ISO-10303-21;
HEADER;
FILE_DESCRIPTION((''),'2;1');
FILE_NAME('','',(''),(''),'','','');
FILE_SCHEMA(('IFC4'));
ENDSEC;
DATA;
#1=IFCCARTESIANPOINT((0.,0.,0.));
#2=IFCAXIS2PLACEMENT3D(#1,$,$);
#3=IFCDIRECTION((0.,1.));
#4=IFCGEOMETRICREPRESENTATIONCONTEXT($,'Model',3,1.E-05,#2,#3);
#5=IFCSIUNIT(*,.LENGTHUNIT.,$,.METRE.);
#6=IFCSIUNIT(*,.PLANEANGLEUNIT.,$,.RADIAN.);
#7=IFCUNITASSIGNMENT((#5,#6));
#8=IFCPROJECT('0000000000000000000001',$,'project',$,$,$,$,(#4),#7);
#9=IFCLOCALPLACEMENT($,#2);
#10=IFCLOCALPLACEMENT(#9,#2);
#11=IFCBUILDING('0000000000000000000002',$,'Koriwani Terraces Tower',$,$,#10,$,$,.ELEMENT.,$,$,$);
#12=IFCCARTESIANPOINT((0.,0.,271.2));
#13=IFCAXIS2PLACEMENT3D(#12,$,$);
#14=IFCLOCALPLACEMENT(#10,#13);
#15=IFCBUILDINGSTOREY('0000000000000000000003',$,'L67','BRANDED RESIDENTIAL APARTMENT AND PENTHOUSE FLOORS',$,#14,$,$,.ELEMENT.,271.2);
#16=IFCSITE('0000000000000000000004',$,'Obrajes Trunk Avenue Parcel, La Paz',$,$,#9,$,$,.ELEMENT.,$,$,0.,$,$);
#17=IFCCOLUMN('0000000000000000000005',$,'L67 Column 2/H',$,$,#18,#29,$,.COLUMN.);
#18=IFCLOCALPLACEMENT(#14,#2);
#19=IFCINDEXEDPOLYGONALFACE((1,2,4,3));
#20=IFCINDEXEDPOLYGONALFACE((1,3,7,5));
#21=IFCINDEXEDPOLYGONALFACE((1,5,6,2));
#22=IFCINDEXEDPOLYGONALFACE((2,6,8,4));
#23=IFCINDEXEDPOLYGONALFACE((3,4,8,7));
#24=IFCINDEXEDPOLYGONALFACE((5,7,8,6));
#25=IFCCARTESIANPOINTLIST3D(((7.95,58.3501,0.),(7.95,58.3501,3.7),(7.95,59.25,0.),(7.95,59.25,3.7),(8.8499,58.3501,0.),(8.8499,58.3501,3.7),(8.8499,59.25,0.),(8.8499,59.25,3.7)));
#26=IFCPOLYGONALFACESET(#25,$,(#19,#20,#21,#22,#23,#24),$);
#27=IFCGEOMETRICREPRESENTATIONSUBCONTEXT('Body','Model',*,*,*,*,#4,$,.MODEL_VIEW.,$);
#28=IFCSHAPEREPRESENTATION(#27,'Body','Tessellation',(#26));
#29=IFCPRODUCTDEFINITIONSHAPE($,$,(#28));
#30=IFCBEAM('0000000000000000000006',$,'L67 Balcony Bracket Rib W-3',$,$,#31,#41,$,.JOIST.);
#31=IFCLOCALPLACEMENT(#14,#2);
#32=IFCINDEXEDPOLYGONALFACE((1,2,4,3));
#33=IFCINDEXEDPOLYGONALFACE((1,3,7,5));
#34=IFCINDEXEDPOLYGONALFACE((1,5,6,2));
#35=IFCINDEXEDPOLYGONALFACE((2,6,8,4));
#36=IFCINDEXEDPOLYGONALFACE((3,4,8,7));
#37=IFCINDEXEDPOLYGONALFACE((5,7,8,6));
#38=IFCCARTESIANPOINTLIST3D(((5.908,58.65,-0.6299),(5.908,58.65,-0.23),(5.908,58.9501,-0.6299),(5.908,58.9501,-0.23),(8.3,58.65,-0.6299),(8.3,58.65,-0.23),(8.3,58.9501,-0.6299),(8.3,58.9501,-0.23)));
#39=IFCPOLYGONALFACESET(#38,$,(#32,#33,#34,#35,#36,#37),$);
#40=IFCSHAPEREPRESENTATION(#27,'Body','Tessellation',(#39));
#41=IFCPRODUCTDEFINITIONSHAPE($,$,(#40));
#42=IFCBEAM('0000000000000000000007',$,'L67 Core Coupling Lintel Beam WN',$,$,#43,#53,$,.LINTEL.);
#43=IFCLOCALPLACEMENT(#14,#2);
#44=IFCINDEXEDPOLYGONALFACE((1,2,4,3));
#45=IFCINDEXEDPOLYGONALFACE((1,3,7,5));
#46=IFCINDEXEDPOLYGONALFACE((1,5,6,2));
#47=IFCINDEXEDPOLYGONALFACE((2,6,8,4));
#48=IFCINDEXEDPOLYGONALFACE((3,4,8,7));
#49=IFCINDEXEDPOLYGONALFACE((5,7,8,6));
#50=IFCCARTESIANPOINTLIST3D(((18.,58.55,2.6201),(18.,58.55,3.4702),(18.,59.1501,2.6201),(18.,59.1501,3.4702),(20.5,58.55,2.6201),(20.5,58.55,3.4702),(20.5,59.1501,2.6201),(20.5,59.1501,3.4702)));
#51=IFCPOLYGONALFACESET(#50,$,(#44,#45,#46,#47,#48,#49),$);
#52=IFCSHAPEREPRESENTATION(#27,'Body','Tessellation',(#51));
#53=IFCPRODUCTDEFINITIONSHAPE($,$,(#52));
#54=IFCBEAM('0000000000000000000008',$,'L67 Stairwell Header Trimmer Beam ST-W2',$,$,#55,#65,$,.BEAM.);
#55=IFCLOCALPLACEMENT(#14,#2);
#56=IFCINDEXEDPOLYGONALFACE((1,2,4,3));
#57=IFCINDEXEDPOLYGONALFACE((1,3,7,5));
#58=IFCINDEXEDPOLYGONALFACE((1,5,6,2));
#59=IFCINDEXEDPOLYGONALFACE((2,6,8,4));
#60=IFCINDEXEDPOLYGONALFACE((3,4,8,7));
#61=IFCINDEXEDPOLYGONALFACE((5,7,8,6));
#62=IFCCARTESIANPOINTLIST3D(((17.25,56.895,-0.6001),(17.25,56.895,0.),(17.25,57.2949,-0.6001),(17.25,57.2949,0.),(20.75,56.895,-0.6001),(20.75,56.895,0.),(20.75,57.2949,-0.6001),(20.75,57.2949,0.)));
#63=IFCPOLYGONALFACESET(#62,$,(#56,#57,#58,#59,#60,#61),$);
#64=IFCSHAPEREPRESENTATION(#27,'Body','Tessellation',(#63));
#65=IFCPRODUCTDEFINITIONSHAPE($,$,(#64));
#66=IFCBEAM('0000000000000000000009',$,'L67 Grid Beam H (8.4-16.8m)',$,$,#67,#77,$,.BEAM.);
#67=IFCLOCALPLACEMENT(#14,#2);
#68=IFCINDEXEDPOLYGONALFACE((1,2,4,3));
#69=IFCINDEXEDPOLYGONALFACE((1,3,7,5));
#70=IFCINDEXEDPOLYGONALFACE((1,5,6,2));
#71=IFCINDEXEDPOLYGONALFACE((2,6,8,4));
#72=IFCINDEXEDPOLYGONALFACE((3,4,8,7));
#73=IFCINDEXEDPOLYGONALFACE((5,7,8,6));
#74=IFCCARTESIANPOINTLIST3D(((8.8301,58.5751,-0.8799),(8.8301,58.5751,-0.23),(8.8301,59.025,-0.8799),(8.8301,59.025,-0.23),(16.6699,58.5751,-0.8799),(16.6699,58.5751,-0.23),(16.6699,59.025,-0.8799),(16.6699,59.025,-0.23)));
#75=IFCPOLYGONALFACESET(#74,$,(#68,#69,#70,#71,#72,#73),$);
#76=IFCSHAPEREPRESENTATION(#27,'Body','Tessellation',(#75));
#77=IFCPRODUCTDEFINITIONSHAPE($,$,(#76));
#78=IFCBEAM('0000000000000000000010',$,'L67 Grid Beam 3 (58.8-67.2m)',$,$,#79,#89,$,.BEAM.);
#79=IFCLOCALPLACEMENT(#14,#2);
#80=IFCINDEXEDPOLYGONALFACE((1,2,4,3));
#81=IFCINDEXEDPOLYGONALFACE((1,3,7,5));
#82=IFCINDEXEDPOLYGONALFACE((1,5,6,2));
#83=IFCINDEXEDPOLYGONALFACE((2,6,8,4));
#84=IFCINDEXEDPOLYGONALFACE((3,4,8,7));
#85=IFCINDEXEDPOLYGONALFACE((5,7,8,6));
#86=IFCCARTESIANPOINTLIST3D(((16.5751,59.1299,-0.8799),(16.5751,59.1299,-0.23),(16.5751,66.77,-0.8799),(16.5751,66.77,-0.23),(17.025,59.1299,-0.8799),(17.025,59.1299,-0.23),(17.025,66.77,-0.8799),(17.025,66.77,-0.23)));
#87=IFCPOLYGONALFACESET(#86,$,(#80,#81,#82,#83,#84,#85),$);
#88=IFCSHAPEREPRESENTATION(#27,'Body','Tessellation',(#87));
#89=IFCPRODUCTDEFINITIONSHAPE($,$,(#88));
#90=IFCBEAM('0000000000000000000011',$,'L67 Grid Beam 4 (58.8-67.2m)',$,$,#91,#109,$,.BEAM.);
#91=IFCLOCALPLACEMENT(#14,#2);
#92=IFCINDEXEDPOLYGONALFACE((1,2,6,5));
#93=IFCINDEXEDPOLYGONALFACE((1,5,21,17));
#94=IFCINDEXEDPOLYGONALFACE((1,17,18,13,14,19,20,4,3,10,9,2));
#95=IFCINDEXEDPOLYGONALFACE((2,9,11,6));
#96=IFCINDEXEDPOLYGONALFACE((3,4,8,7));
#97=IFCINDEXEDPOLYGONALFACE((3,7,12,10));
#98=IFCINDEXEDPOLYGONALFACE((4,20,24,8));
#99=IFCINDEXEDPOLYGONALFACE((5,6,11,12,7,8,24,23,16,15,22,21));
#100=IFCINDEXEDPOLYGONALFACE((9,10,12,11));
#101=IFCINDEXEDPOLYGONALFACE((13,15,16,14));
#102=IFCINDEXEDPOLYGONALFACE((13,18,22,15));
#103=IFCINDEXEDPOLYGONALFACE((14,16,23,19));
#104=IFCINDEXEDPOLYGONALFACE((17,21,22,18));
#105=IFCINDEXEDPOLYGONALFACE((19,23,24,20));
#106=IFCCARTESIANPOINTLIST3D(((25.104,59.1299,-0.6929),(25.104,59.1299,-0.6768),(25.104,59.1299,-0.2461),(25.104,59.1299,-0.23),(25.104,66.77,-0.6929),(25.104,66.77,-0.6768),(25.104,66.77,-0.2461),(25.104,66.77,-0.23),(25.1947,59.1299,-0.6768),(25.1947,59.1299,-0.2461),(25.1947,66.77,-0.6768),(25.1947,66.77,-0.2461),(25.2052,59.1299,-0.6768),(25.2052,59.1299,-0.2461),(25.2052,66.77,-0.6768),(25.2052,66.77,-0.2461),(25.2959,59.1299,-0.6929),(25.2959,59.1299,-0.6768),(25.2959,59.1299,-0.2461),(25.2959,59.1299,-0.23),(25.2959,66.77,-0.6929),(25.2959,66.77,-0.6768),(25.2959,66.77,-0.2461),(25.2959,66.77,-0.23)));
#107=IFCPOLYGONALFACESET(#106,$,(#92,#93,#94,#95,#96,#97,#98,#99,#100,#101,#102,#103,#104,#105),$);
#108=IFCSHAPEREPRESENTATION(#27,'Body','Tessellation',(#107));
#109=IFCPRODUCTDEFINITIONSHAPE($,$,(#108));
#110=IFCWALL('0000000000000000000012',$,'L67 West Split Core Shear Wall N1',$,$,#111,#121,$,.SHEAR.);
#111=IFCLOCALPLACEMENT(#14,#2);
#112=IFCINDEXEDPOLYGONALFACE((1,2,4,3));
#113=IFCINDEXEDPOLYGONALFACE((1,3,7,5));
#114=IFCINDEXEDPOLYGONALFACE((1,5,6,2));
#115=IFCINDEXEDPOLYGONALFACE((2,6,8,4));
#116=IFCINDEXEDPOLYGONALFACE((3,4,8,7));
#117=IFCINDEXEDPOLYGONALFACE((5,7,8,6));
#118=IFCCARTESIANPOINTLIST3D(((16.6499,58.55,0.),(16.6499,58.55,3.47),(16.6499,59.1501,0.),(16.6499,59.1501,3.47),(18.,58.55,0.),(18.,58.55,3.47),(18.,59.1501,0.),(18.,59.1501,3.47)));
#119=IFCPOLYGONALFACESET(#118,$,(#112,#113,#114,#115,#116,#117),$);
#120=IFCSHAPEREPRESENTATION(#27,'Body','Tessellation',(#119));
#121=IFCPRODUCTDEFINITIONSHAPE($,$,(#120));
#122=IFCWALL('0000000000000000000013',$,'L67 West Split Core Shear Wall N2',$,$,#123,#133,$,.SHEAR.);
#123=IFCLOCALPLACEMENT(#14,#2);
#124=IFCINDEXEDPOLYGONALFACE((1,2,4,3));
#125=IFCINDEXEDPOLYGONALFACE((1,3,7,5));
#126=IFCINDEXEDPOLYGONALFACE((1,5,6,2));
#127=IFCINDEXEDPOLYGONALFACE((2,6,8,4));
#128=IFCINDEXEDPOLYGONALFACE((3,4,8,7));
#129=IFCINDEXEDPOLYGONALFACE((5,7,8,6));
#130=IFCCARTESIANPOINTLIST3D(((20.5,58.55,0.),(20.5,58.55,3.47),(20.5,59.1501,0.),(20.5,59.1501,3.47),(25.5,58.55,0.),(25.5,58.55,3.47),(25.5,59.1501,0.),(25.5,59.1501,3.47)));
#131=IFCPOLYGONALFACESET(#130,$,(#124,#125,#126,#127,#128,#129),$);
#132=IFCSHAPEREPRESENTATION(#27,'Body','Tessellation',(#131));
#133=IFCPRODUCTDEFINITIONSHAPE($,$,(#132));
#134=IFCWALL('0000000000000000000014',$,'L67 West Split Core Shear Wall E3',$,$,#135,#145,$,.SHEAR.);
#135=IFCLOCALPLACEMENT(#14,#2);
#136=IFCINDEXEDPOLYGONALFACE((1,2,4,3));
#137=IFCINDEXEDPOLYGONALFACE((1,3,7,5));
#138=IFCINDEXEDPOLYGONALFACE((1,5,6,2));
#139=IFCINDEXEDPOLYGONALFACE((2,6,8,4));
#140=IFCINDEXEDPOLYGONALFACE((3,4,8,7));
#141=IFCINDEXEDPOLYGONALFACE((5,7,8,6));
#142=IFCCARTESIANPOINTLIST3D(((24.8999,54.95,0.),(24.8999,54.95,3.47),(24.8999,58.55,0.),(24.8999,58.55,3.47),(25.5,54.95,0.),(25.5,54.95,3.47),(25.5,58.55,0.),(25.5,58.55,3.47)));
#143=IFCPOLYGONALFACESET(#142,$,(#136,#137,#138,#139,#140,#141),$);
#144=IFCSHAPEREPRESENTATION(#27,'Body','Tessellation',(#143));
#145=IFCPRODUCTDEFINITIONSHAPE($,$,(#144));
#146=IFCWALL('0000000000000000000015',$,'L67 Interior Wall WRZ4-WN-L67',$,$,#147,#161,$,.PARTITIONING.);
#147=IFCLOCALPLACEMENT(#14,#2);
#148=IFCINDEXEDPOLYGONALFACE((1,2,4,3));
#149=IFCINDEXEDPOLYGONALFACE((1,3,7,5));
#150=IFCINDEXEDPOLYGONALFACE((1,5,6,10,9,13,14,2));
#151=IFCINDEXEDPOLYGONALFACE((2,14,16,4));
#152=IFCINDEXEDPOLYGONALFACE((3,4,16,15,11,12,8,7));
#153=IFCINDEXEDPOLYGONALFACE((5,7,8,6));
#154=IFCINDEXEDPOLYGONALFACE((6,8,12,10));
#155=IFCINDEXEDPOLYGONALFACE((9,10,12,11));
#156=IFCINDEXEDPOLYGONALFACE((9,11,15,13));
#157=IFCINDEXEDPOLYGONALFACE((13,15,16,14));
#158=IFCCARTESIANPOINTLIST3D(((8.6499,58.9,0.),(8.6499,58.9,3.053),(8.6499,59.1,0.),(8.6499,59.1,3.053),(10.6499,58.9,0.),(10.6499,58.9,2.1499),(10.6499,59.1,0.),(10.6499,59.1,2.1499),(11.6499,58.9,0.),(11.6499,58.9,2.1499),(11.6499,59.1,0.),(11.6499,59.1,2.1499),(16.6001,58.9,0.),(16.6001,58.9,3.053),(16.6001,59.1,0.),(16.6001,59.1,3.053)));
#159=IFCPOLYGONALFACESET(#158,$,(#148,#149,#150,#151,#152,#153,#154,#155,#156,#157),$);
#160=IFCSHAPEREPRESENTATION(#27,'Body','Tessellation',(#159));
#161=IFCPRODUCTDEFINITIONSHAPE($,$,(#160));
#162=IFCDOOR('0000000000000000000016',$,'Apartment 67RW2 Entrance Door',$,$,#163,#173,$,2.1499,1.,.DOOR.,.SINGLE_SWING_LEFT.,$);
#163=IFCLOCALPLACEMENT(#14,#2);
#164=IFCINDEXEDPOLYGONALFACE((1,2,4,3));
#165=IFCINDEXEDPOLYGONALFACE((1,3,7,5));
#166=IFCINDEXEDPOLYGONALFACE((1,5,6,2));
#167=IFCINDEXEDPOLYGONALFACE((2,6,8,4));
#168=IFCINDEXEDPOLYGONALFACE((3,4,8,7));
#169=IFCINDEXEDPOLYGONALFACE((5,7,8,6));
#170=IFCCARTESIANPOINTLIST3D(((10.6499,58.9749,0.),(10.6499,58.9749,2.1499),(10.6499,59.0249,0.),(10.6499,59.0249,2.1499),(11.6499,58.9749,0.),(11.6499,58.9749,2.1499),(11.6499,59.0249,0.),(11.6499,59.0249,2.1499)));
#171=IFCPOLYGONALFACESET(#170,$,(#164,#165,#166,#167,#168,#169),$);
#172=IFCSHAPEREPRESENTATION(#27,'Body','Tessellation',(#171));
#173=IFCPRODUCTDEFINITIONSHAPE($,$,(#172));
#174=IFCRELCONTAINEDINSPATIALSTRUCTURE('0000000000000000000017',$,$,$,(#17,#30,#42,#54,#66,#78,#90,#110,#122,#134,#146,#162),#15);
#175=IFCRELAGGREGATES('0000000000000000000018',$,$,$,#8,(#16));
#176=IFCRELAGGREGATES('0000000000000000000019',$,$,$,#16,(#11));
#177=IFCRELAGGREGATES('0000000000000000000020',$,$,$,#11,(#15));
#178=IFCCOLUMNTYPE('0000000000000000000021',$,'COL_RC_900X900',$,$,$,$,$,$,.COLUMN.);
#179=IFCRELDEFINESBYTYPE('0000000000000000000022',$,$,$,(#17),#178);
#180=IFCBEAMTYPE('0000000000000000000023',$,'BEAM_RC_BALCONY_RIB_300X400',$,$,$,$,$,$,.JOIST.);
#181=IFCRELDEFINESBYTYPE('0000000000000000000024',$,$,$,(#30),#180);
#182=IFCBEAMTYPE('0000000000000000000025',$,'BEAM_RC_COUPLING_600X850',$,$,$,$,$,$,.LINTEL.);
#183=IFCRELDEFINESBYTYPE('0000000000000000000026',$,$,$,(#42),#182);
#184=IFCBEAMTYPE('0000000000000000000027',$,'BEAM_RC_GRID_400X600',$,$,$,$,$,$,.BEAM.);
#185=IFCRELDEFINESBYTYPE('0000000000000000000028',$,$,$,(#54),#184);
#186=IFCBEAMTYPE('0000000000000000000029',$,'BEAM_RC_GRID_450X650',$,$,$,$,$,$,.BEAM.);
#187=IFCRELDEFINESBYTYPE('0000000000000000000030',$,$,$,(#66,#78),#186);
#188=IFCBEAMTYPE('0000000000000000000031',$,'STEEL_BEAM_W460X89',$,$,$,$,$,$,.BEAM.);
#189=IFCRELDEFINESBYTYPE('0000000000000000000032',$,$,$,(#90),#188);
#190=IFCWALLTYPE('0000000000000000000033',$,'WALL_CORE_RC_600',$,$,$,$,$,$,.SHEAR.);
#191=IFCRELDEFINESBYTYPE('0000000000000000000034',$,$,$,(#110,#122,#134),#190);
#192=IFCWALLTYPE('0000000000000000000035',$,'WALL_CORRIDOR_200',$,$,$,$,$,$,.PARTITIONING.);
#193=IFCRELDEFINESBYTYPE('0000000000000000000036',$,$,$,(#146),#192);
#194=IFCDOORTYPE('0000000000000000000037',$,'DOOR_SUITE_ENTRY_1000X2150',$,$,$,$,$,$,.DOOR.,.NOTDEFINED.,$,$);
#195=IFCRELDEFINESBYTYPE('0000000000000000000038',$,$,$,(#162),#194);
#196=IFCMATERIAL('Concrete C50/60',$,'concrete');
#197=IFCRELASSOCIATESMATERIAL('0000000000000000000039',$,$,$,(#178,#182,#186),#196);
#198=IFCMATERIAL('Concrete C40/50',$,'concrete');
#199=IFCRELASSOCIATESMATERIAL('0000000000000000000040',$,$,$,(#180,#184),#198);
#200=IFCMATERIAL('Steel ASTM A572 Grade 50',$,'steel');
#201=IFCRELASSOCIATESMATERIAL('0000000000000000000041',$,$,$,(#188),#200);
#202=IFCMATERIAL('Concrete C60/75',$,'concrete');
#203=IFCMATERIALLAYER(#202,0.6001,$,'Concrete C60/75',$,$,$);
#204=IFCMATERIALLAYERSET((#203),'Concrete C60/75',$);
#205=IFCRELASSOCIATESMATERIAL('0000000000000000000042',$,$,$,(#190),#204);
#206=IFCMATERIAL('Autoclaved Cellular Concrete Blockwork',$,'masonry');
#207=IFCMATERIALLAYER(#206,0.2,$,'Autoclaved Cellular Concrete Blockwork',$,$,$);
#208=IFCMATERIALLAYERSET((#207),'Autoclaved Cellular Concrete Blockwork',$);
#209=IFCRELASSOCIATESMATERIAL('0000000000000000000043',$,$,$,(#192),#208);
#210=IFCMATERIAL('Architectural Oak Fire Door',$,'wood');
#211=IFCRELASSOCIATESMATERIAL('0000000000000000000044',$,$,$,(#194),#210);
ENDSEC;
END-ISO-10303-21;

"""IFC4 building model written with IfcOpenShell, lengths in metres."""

from ifc_helpers import new_model, si_unit, direction, frame, frame_2d, origin, origin_2d, place, context, subcontext, project, spatial, rectangle, i_section, extrude, material, layer, layer_set, material_profile, profile_set, type_object, element, fill, save


model = new_model("IFC4")

# Units and contexts
model_context = context("Model", 3, precision=1e-05, world=origin(), true_north=direction((0.0, 1.0)))
body_context = subcontext(model_context, "Body", "Model", "MODEL_VIEW")
ifc_project = project(units=[si_unit("LENGTHUNIT", "METRE"), si_unit("PLANEANGLEUNIT", "RADIAN")], contexts=[model_context])

# Site, building, storey
site_placement = place(None, origin())
site = spatial("IfcSite", under=ifc_project, at=site_placement, Name="Obrajes Trunk Avenue Parcel, La Paz", CompositionType="ELEMENT", RefElevation=0.0)
building_placement = place(site_placement, origin())
building = spatial("IfcBuilding", under=site, at=building_placement, Name="Koriwani Terraces Tower", CompositionType="ELEMENT")
storey_placement = place(building_placement, frame((0.0, 0.0, 271.2)))
storey = spatial("IfcBuildingStorey", under=building, at=storey_placement, Name="L67", Description="BRANDED RESIDENTIAL APARTMENT AND PENTHOUSE FLOORS", CompositionType="ELEMENT", Elevation=271.2)

# Column
ifc_material_1 = material(Name="Concrete C50/60", Category="concrete")
ifc_material_profile_1 = material_profile(ifc_material_1, rectangle(XDim=0.8999, YDim=0.8999, at=origin_2d()), Name="Concrete C50/60", Category="LoadBearing")
ifc_profile_set_1 = profile_set([ifc_material_profile_1], Name="Concrete C50/60")
column_type = type_object("IfcColumnType", Name="COL_RC_900X900", PredefinedType="COLUMN", material=ifc_profile_set_1)
column_placement = place(storey_placement, frame((8.3999, 58.8, 0.0), z_axis=(0.0, 0.0, 1.0), x_axis=(1.0, 0.0, 0.0)))
element("IfcColumn", 1, at=column_placement, inside=storey, type_object=column_type, Name="L67 Column 2/H", PredefinedType="COLUMN", context=body_context, shape_type="SweptSolid", body=[
    extrude(rectangle(XDim=0.8999, YDim=0.8999, at=origin_2d()), origin(), (0.0, 0.0, 1.0), 3.7),
])

# Beams
ifc_material_2 = material(Name="Concrete C40/50", Category="concrete")
ifc_material_profile_2 = material_profile(ifc_material_2, rectangle(XDim=0.3, YDim=0.3999, at=origin_2d()), Name="Concrete C40/50", Category="LoadBearing")
ifc_profile_set_2 = profile_set([ifc_material_profile_2], Name="Concrete C40/50")
beam_type_1 = type_object("IfcBeamType", Name="BEAM_RC_BALCONY_RIB_300X400", PredefinedType="JOIST", material=ifc_profile_set_2)
beam_1_placement = place(storey_placement, frame((5.908, 58.8, -0.4299), z_axis=(1.0, 0.0, 0.0), x_axis=(0.0, 1.0, 0.0)))
element("IfcBeam", 2, at=beam_1_placement, inside=storey, type_object=beam_type_1, Name="L67 Balcony Bracket Rib W-3", PredefinedType="JOIST", context=body_context, shape_type="SweptSolid", body=[
    extrude(rectangle(XDim=0.3, YDim=0.3999, at=origin_2d()), origin(), (0.0, 0.0, 1.0), 2.3921),
])
ifc_material_profile_3 = material_profile(ifc_material_1, rectangle(XDim=0.6001, YDim=0.8501, at=origin_2d()), Name="Concrete C50/60", Category="LoadBearing")
ifc_profile_set_3 = profile_set([ifc_material_profile_3], Name="Concrete C50/60")
beam_type_2 = type_object("IfcBeamType", Name="BEAM_RC_COUPLING_600X850", PredefinedType="LINTEL", material=ifc_profile_set_3)
beam_2_placement = place(storey_placement, frame((18.0, 58.8501, 3.0452), z_axis=(1.0, 0.0, 0.0), x_axis=(0.0, 1.0, 0.0)))
element("IfcBeam", 3, at=beam_2_placement, inside=storey, type_object=beam_type_2, Name="L67 Core Coupling Lintel Beam WN", PredefinedType="LINTEL", context=body_context, shape_type="SweptSolid", body=[
    extrude(rectangle(XDim=0.6001, YDim=0.8501, at=origin_2d()), origin(), (0.0, 0.0, 1.0), 2.5),
])
ifc_material_profile_4 = material_profile(ifc_material_2, rectangle(XDim=0.3999, YDim=0.6001, at=origin_2d()), Name="Concrete C40/50", Category="LoadBearing")
ifc_profile_set_4 = profile_set([ifc_material_profile_4], Name="Concrete C40/50")
beam_type_3 = type_object("IfcBeamType", Name="BEAM_RC_GRID_400X600", PredefinedType="BEAM", material=ifc_profile_set_4)
beam_3_placement = place(storey_placement, frame((17.25, 57.095, -0.3), z_axis=(1.0, 0.0, 0.0), x_axis=(0.0, 1.0, 0.0)))
element("IfcBeam", 4, at=beam_3_placement, inside=storey, type_object=beam_type_3, Name="L67 Stairwell Header Trimmer Beam ST-W2", PredefinedType="BEAM", context=body_context, shape_type="SweptSolid", body=[
    extrude(rectangle(XDim=0.3999, YDim=0.6001, at=origin_2d()), origin(), (0.0, 0.0, 1.0), 3.5),
])
ifc_material_profile_5 = material_profile(ifc_material_1, rectangle(XDim=0.45, YDim=0.6499, at=origin_2d()), Name="Concrete C50/60", Category="LoadBearing")
ifc_profile_set_5 = profile_set([ifc_material_profile_5], Name="Concrete C50/60")
beam_type_4 = type_object("IfcBeamType", Name="BEAM_RC_GRID_450X650", PredefinedType="BEAM", material=ifc_profile_set_5)
beam_4_placement = place(storey_placement, frame((8.8301, 58.8, -0.5549), z_axis=(1.0, 0.0, 0.0), x_axis=(0.0, 1.0, 0.0)))
element("IfcBeam", 5, at=beam_4_placement, inside=storey, type_object=beam_type_4, Name="L67 Grid Beam H (8.4-16.8m)", PredefinedType="BEAM", context=body_context, shape_type="SweptSolid", body=[
    extrude(rectangle(XDim=0.45, YDim=0.6499, at=origin_2d()), origin(), (0.0, 0.0, 1.0), 7.8398),
])
beam_5_placement = place(storey_placement, frame((16.8, 59.1299, -0.5549), z_axis=(0.0, 1.0, 0.0), x_axis=(-1.0, 0.0, 0.0)))
element("IfcBeam", 6, at=beam_5_placement, inside=storey, type_object=beam_type_4, Name="L67 Grid Beam 3 (58.8-67.2m)", PredefinedType="BEAM", context=body_context, shape_type="SweptSolid", body=[
    extrude(rectangle(XDim=0.45, YDim=0.6499, at=origin_2d()), origin(), (0.0, 0.0, 1.0), 7.6401),
])
ifc_material_3 = material(Name="Steel ASTM A572 Grade 50", Category="steel")
ifc_material_profile_6 = material_profile(ifc_material_3, i_section(OverallWidth=0.1919, OverallDepth=0.4629, WebThickness=0.0105, FlangeThickness=0.0161, at=origin_2d()), Name="Steel ASTM A572 Grade 50", Category="LoadBearing")
ifc_profile_set_6 = profile_set([ifc_material_profile_6], Name="Steel ASTM A572 Grade 50")
beam_type_5 = type_object("IfcBeamType", Name="STEEL_BEAM_W460X89", PredefinedType="BEAM", material=ifc_profile_set_6)
beam_6_placement = place(storey_placement, frame((25.2, 59.1299, -0.4614), z_axis=(0.0, 1.0, 0.0), x_axis=(-1.0, 0.0, 0.0)))
element("IfcBeam", 7, at=beam_6_placement, inside=storey, type_object=beam_type_5, Name="L67 Grid Beam 4 (58.8-67.2m)", PredefinedType="BEAM", context=body_context, shape_type="SweptSolid", body=[
    extrude(i_section(OverallWidth=0.1919, OverallDepth=0.4629, WebThickness=0.0105, FlangeThickness=0.0161, at=origin_2d()), origin(), (0.0, 0.0, 1.0), 7.6401),
])

# Walls
ifc_material_4 = material(Name="Concrete C60/75", Category="concrete")
ifc_layer_1 = layer(ifc_material_4, 0.6001, Name="Concrete C60/75")
ifc_layer_set_1 = layer_set([ifc_layer_1], Name="Concrete C60/75")
wall_type_1 = type_object("IfcWallType", Name="WALL_CORE_RC_600", PredefinedType="SHEAR", material=ifc_layer_set_1)
wall_1_placement = place(storey_placement, frame((16.6499, 58.8501, 0.0), z_axis=(0.0, 0.0, 1.0), x_axis=(1.0, 0.0, 0.0)))
element("IfcWall", 8, at=wall_1_placement, inside=storey, type_object=wall_type_1, Name="L67 West Split Core Shear Wall N1", PredefinedType="SHEAR", context=body_context, shape_type="SweptSolid", body=[
    extrude(rectangle(XDim=1.3501, YDim=0.6001, at=frame_2d((0.675, 0.0))), origin(), (0.0, 0.0, 1.0), 3.47),
])
wall_2_placement = place(storey_placement, frame((20.5, 58.8501, 0.0), z_axis=(0.0, 0.0, 1.0), x_axis=(1.0, 0.0, 0.0)))
element("IfcWall", 9, at=wall_2_placement, inside=storey, type_object=wall_type_1, Name="L67 West Split Core Shear Wall N2", PredefinedType="SHEAR", context=body_context, shape_type="SweptSolid", body=[
    extrude(rectangle(XDim=5.0, YDim=0.6001, at=frame_2d((2.5, 0.0))), origin(), (0.0, 0.0, 1.0), 3.47),
])
wall_3_placement = place(storey_placement, frame((25.2, 54.95, 0.0), z_axis=(0.0, 0.0, 1.0), x_axis=(0.0, 1.0, 0.0)))
element("IfcWall", 10, at=wall_3_placement, inside=storey, type_object=wall_type_1, Name="L67 West Split Core Shear Wall E3", PredefinedType="SHEAR", context=body_context, shape_type="SweptSolid", body=[
    extrude(rectangle(XDim=3.6001, YDim=0.6001, at=frame_2d((1.8, 0.0))), origin(), (0.0, 0.0, 1.0), 3.47),
])

# Wall, opening, door
ifc_material_5 = material(Name="Autoclaved Cellular Concrete Blockwork", Category="masonry")
ifc_layer_2 = layer(ifc_material_5, 0.2, Name="Autoclaved Cellular Concrete Blockwork")
ifc_layer_set_2 = layer_set([ifc_layer_2], Name="Autoclaved Cellular Concrete Blockwork")
wall_type_2 = type_object("IfcWallType", Name="WALL_CORRIDOR_200", PredefinedType="PARTITIONING", material=ifc_layer_set_2)
wall_4_placement = place(storey_placement, frame((8.6499, 59.0, 0.0), z_axis=(0.0, 0.0, 1.0), x_axis=(1.0, 0.0, 0.0)))
wall_4 = element("IfcWall", 11, at=wall_4_placement, inside=storey, type_object=wall_type_2, Name="L67 Interior Wall WRZ4-WN-L67", PredefinedType="PARTITIONING", context=body_context, shape_type="SweptSolid", body=[
    extrude(rectangle(XDim=7.9502, YDim=0.2, at=frame_2d((3.9751, 0.0))), origin(), (0.0, 0.0, 1.0), 3.053),
])
opening_1_placement = place(wall_4_placement, frame((2.0, 0.0, 0.0)))
opening_1 = element("IfcOpeningElement", 12, at=opening_1_placement, cuts=wall_4, PredefinedType="OPENING", context=body_context, shape_type="SweptSolid", body=[
    extrude(rectangle(XDim=1.0, YDim=2.1499, at=frame_2d((0.5, 1.075))), frame((0.0, 0.1099, 0.0), z_axis=(0.0, -1.0, 0.0), x_axis=(1.0, 0.0, 0.0)), (0.0, 0.0, 1.0), 0.22),
])
ifc_material_6 = material(Name="Architectural Oak Fire Door", Category="wood")
door_type_1 = type_object("IfcDoorType", Name="DOOR_SUITE_ENTRY_1000X2150", OperationType="NOTDEFINED", PredefinedType="DOOR", material=ifc_material_6)
door_1_placement = place(opening_1_placement, origin())
door_1 = element("IfcDoor", 13, at=door_1_placement, inside=storey, type_object=door_type_1, Name="Apartment 67RW2 Entrance Door", OperationType="SINGLE_SWING_LEFT", OverallHeight=2.1499, OverallWidth=1.0, PredefinedType="DOOR", context=body_context, shape_type="SweptSolid", body=[
    extrude(rectangle(XDim=1.0, YDim=2.1499, at=frame_2d((0.5, 1.075))), frame((0.0, 0.0249, 0.0), z_axis=(0.0, -1.0, 0.0), x_axis=(1.0, 0.0, 0.0)), (0.0, 0.0, 1.0), 0.05),
])
fill(opening_1, door_1)

save(model, "model.ifc")
